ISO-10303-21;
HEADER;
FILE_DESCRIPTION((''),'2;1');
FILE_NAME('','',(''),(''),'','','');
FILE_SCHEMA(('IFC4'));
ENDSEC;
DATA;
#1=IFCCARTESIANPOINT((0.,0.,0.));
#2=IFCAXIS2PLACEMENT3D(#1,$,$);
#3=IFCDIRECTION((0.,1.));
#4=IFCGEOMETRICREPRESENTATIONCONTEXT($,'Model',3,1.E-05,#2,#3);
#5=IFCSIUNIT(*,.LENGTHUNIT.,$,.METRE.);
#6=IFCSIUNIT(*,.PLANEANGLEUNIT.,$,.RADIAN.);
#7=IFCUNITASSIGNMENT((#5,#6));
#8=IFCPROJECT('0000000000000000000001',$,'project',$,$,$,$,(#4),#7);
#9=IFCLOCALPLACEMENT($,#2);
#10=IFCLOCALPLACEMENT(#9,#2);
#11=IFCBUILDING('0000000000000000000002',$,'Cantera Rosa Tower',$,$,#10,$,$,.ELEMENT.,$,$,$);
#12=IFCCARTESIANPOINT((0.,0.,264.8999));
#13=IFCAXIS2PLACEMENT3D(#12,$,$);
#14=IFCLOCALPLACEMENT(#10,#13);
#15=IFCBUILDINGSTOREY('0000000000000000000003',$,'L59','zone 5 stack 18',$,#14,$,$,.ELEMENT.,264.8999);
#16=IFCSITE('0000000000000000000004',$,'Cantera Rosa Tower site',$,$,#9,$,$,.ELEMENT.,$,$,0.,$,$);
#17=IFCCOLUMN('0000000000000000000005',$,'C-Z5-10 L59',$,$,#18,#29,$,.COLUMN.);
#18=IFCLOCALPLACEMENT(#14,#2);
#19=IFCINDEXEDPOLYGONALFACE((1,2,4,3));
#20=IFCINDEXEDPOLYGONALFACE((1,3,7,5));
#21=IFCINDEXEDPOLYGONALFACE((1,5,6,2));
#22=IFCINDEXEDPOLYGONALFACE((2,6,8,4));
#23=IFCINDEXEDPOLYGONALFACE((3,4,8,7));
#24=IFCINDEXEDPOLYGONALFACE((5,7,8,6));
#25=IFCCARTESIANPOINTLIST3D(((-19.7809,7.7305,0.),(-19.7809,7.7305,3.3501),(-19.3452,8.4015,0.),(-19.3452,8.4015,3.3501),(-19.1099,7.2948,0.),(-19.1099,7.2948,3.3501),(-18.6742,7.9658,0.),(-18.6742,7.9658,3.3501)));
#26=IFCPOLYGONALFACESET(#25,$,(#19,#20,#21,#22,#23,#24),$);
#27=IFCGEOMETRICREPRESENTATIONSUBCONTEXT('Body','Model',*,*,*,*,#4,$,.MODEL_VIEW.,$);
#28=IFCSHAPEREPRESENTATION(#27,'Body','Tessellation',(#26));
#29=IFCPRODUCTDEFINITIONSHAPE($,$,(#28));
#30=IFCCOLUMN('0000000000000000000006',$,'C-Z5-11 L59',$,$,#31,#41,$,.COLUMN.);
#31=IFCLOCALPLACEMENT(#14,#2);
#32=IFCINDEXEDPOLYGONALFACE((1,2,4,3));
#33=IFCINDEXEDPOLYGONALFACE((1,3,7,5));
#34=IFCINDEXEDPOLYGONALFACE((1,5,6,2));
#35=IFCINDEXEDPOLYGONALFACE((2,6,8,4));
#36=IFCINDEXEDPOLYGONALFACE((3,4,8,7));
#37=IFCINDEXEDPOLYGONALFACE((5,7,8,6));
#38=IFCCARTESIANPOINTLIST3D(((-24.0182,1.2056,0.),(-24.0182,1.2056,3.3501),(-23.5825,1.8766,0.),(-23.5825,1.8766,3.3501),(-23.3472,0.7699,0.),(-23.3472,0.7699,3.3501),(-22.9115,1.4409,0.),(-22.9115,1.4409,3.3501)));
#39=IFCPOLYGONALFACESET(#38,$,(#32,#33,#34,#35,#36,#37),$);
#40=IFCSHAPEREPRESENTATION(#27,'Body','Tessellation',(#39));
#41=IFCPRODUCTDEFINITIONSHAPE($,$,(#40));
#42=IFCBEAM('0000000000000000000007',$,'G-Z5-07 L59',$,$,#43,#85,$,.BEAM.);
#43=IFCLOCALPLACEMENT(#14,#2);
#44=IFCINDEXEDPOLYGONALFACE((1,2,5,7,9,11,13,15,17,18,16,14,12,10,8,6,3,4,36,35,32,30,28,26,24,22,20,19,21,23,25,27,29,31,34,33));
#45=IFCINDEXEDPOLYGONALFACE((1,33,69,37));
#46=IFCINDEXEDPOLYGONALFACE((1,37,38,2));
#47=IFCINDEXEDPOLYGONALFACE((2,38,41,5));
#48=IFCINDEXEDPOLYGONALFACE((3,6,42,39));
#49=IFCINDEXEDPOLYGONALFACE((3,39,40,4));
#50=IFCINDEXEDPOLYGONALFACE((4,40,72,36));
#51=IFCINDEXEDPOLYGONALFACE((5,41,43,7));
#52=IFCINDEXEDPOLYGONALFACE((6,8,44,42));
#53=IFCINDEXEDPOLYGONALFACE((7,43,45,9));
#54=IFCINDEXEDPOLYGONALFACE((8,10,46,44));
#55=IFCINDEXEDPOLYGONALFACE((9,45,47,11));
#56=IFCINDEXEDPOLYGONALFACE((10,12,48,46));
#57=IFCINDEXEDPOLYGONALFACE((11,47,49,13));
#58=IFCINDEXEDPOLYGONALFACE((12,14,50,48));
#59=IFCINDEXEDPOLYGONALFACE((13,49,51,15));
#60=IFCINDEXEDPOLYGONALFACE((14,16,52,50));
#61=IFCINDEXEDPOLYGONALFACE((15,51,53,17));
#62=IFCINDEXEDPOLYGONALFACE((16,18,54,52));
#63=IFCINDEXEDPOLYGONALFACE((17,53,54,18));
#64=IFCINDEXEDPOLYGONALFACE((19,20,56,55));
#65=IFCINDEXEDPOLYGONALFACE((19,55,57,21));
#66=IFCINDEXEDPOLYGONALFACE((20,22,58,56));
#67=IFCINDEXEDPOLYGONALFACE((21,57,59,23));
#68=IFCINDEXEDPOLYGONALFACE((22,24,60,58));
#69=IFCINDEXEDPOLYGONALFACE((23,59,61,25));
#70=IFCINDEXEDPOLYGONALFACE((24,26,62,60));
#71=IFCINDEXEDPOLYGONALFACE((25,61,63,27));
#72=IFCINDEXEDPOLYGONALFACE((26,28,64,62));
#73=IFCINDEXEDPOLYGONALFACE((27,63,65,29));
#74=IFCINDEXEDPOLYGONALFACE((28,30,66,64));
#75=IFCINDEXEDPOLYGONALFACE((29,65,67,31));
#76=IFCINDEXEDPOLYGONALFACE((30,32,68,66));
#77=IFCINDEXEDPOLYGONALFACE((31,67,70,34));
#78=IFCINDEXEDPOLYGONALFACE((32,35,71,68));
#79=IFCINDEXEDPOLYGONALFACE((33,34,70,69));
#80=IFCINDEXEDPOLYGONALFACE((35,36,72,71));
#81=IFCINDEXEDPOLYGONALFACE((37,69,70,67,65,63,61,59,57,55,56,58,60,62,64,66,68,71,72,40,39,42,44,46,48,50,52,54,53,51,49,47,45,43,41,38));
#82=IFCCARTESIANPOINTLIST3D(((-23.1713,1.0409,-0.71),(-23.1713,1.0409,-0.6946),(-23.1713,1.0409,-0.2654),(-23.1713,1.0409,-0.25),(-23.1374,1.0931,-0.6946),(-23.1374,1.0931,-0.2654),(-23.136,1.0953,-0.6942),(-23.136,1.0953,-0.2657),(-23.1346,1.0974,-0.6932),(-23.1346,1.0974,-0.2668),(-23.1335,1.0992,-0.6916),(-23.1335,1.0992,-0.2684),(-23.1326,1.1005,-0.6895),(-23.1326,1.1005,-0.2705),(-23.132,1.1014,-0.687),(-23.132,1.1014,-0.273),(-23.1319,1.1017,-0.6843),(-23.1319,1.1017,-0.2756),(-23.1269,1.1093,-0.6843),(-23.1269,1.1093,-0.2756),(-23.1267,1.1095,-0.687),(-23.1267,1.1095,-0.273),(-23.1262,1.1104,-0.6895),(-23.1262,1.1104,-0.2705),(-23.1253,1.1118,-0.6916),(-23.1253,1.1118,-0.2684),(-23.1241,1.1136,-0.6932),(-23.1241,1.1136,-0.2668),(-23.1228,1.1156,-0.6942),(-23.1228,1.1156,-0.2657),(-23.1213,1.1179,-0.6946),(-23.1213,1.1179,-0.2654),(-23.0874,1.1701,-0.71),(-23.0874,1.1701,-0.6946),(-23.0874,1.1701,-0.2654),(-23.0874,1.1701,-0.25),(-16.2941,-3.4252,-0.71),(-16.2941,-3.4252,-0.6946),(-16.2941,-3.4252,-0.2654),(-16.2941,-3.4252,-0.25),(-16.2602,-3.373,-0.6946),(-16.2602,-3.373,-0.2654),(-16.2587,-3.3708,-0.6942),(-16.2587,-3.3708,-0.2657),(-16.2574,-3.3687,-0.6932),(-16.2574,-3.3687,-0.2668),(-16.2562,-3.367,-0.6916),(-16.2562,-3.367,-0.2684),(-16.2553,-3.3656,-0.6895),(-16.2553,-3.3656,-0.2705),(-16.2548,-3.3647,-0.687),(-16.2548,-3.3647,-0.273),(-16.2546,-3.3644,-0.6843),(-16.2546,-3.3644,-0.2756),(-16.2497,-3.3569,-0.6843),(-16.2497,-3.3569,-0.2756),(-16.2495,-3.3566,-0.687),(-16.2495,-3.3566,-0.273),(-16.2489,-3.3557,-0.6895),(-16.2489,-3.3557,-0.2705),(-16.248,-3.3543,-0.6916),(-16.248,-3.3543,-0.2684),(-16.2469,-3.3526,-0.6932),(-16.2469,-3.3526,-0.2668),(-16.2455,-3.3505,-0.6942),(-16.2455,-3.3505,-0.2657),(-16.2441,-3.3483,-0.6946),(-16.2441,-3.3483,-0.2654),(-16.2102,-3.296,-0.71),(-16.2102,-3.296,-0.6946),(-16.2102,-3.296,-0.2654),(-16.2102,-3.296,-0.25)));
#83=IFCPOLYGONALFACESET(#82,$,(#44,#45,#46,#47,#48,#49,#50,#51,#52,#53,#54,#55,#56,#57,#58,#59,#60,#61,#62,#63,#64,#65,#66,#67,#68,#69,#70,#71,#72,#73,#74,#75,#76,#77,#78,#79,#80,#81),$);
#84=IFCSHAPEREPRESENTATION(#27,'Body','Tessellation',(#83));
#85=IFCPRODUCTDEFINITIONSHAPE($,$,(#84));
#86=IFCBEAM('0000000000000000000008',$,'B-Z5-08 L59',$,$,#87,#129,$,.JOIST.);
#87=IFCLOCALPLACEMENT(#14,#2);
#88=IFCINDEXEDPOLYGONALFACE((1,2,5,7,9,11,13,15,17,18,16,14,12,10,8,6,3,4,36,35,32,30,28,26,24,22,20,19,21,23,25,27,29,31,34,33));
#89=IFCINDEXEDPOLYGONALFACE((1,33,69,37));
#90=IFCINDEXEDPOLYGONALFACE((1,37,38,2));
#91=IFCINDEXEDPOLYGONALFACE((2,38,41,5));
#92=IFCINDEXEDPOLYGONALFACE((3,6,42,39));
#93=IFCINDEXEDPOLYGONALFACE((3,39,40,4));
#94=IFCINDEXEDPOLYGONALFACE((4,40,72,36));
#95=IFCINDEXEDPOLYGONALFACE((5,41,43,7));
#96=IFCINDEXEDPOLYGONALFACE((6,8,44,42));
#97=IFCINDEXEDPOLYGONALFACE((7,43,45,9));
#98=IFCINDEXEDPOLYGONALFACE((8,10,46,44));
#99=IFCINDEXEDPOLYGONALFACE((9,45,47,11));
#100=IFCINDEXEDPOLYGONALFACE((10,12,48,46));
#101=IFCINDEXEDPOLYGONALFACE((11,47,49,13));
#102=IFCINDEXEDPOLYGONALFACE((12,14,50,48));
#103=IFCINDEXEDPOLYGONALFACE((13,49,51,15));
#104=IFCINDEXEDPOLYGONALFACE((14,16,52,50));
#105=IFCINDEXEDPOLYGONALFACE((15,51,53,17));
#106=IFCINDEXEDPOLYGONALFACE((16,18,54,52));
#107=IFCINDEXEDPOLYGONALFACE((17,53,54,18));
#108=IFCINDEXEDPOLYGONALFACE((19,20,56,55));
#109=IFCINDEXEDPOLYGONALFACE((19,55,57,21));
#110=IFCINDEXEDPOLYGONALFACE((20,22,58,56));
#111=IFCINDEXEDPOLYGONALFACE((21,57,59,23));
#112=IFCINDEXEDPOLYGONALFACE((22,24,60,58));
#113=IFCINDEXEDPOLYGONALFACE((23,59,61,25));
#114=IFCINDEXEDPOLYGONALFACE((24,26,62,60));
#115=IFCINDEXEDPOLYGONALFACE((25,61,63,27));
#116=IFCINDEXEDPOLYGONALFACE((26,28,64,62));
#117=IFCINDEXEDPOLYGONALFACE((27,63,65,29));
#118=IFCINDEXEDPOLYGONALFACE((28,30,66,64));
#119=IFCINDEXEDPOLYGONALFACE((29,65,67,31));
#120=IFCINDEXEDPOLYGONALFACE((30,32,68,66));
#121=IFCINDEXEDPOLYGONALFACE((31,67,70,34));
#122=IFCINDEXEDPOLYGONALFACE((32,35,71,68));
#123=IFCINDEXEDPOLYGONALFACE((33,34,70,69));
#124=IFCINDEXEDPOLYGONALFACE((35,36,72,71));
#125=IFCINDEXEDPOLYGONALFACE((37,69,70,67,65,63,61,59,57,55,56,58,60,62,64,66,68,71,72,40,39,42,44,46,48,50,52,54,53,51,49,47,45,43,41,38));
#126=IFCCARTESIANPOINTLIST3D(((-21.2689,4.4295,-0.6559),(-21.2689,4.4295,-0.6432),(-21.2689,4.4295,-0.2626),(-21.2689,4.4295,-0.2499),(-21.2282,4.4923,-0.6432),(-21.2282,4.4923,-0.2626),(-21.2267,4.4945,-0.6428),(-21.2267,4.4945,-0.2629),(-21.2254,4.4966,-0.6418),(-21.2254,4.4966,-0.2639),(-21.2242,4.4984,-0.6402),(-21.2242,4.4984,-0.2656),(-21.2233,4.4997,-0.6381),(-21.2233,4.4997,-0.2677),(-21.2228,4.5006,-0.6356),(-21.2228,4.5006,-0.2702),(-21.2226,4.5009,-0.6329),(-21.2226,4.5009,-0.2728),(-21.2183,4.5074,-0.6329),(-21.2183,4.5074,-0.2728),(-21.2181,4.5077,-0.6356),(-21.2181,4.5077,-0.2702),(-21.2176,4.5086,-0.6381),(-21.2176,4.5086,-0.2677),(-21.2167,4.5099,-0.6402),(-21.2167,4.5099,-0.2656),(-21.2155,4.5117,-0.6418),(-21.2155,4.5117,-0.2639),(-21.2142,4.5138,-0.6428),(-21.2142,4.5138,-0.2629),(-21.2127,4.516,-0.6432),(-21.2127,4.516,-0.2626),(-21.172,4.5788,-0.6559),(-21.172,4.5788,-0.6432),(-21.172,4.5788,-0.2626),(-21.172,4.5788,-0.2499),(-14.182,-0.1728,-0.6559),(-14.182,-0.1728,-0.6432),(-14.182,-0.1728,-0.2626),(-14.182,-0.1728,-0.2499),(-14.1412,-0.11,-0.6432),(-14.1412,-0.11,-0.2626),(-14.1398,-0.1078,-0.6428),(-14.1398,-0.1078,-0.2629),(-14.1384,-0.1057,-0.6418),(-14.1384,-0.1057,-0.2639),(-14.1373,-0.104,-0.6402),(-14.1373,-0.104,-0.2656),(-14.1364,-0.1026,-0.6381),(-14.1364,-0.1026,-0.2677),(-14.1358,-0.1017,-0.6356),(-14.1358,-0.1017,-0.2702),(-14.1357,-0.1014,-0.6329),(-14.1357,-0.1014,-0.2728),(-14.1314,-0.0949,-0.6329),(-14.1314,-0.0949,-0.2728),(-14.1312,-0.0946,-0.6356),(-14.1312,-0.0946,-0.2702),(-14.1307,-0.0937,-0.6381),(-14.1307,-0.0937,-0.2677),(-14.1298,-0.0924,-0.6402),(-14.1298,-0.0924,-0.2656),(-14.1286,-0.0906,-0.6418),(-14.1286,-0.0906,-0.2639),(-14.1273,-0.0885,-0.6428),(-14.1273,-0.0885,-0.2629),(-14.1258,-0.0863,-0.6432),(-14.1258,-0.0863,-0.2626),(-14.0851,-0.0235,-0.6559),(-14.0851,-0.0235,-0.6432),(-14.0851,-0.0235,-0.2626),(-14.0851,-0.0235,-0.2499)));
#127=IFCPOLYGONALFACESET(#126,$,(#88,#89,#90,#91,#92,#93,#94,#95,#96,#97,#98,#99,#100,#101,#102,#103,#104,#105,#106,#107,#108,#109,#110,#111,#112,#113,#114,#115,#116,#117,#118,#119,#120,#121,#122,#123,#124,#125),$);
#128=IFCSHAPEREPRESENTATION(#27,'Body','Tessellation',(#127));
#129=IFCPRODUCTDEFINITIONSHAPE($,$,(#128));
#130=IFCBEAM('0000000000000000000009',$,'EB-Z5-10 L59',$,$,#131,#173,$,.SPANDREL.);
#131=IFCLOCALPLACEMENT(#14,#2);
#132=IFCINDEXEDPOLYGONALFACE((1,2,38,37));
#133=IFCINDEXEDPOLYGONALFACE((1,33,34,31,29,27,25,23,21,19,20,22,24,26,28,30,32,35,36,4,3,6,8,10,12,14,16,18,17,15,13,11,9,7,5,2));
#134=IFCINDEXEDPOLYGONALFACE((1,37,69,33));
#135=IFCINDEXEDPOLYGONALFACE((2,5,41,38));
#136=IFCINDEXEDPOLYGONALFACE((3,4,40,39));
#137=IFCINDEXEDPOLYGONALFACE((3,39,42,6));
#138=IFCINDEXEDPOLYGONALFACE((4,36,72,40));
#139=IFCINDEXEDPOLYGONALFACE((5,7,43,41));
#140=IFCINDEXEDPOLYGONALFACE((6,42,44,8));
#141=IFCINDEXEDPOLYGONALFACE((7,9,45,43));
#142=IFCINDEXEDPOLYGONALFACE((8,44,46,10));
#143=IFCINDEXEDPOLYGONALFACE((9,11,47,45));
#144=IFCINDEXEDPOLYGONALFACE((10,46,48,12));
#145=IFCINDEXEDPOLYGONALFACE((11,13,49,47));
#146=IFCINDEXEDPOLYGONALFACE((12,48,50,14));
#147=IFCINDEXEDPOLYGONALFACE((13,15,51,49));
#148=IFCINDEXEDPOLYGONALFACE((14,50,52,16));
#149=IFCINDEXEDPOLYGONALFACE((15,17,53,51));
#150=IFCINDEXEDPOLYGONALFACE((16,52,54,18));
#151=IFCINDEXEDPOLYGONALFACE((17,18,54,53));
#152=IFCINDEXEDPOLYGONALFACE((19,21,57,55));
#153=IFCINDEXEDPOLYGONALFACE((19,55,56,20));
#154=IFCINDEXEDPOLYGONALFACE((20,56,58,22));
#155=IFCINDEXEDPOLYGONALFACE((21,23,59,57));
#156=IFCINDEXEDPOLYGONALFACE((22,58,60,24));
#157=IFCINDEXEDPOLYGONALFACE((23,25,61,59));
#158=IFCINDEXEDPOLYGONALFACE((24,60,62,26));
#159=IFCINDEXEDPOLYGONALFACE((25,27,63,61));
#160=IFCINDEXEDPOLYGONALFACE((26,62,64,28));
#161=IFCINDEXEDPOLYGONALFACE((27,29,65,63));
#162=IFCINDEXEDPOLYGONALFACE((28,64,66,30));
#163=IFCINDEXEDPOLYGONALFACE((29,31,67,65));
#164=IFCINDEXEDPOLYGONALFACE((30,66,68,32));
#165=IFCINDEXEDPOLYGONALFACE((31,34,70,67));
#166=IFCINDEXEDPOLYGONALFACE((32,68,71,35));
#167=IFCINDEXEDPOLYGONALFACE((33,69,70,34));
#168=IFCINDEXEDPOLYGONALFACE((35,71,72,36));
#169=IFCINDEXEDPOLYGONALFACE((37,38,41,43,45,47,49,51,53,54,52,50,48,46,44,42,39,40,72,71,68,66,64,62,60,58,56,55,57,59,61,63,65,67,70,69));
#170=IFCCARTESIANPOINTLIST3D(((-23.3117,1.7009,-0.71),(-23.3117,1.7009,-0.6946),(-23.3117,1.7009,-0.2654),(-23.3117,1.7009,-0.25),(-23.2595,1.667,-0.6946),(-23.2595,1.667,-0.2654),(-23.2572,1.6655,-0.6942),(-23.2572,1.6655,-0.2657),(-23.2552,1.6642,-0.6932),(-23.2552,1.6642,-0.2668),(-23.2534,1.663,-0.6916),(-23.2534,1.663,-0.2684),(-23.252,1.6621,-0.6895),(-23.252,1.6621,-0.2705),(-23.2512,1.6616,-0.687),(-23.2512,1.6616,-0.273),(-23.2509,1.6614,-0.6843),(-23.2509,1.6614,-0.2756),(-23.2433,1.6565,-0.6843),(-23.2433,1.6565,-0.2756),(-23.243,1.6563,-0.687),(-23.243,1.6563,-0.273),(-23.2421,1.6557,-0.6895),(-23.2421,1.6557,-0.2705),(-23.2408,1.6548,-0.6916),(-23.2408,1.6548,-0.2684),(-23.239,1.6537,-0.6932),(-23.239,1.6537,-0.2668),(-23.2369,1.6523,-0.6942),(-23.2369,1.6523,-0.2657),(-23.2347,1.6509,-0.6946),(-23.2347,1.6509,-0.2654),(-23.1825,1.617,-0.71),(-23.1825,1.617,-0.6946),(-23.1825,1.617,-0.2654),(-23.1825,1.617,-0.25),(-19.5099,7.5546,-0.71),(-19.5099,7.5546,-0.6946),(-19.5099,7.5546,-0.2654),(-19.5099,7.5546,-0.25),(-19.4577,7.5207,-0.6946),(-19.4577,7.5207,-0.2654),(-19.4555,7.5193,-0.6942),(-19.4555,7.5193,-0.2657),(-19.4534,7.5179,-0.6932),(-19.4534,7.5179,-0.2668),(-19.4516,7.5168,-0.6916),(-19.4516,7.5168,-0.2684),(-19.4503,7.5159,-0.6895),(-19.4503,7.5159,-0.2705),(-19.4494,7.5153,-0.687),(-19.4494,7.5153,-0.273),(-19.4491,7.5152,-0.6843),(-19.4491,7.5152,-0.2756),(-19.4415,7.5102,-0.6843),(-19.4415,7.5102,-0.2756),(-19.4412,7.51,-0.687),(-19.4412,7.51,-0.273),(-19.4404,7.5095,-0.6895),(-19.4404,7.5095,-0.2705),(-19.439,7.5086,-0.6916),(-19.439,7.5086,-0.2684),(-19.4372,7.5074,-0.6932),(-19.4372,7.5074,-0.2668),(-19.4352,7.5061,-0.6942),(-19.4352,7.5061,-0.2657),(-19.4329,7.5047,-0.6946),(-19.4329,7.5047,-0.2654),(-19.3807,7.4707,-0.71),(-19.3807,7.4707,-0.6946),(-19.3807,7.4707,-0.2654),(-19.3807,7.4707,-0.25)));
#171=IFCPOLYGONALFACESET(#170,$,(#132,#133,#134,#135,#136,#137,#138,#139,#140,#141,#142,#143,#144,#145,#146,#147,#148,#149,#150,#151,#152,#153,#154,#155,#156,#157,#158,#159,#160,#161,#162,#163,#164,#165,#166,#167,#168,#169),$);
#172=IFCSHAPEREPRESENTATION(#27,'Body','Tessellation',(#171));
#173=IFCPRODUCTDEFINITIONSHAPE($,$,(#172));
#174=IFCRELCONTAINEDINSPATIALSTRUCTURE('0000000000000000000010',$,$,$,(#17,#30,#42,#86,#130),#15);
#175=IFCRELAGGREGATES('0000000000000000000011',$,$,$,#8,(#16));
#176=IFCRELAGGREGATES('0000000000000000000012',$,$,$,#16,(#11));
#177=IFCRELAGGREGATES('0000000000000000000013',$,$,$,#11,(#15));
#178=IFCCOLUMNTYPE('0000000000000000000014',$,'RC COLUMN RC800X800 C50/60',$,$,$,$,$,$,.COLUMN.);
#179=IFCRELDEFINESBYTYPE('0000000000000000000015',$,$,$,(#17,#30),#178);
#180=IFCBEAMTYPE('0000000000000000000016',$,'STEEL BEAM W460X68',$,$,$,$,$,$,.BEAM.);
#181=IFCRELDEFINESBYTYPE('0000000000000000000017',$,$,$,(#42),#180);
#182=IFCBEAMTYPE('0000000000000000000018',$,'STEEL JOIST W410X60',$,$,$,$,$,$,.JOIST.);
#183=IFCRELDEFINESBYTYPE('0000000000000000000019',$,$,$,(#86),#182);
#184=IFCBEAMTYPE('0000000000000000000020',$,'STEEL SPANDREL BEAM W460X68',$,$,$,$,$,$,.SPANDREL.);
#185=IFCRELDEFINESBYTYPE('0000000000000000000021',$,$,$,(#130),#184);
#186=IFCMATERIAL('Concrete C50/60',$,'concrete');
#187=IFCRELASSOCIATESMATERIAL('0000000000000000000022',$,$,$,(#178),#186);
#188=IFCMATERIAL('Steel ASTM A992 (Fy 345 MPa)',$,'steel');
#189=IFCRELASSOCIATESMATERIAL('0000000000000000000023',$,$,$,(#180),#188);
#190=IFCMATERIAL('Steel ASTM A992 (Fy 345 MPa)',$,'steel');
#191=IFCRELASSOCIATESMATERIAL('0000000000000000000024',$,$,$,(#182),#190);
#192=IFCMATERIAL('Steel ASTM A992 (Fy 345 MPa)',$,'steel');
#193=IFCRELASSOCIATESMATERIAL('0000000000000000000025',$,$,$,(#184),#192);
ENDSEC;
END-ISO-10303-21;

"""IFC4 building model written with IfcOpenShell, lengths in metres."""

from ifc_helpers import new_model, si_unit, direction, frame, origin, origin_2d, place, context, subcontext, project, spatial, rectangle, i_section, extrude, material, material_profile, profile_set, type_object, element, save


model = new_model("IFC4")

# Units and contexts
model_context = context("Model", 3, precision=1e-05, world=origin(), true_north=direction((0.0, 1.0)))
body_context = subcontext(model_context, "Body", "Model", "MODEL_VIEW")
ifc_project = project(units=[si_unit("LENGTHUNIT", "METRE"), si_unit("PLANEANGLEUNIT", "RADIAN")], contexts=[model_context])

# Site, building, storey
site_placement = place(None, origin())
site = spatial("IfcSite", under=ifc_project, at=site_placement, Name="Cantera Rosa Tower site", CompositionType="ELEMENT", RefElevation=0.0)
building_placement = place(site_placement, origin())
building = spatial("IfcBuilding", under=site, at=building_placement, Name="Cantera Rosa Tower", CompositionType="ELEMENT")
storey_placement = place(building_placement, frame((0.0, 0.0, 264.8999)))
storey = spatial("IfcBuildingStorey", under=building, at=storey_placement, Name="L59", Description="zone 5 stack 18", CompositionType="ELEMENT", Elevation=264.8999)

# Columns
ifc_material_1 = material(Name="Concrete C50/60", Category="concrete")
ifc_material_profile_1 = material_profile(ifc_material_1, rectangle(XDim=0.8, YDim=0.8, at=origin_2d()), Name="RC COLUMN RC800X800 C50/60")
ifc_profile_set_1 = profile_set([ifc_material_profile_1], Name="Concrete C50/60")
column_type = type_object("IfcColumnType", Name="RC COLUMN RC800X800 C50/60", PredefinedType="COLUMN", material=ifc_profile_set_1)
for number, where, z_axis, x_axis, name in (
    (1, (-19.2275, 7.8481, 0.0), (0.0, 0.0, 1.0), (0.544639, 0.838671, 0.0), "C-Z5-10 L59"),
    (2, (-23.4648, 1.3232, 0.0), (0.0, 0.0, 1.0), (0.544639, 0.838671, 0.0), "C-Z5-11 L59"),
):
    element("IfcColumn", number, at=place(storey_placement, frame(where, z_axis=z_axis, x_axis=x_axis)), inside=storey, type_object=column_type, Name=name, PredefinedType="COLUMN", context=body_context, shape_type="SweptSolid", body=[
        extrude(rectangle(XDim=0.8, YDim=0.8, at=origin_2d()), origin(), (0.0, 0.0, 1.0), 3.3501),
    ])

# Beams
ifc_material_2 = material(Name="Steel ASTM A992 (Fy 345 MPa)", Category="steel")
ifc_material_profile_2 = material_profile(ifc_material_2, i_section(OverallWidth=0.1541, OverallDepth=0.46, WebThickness=0.009, FlangeThickness=0.0154, FilletRadius=0.0103, at=origin_2d()), Name="W460X68")
ifc_profile_set_2 = profile_set([ifc_material_profile_2], Name="Steel ASTM A992 (Fy 345 MPa)")
beam_type_1 = type_object("IfcBeamType", Name="STEEL BEAM W460X68", PredefinedType="BEAM", material=ifc_profile_set_2)
beam_1_placement = place(storey_placement, frame((-23.1294, 1.1055, -0.48), z_axis=(0.838673, -0.544636, 0.0), x_axis=(0.544636, 0.838673, 0.0)))
element("IfcBeam", 3, at=beam_1_placement, inside=storey, type_object=beam_type_1, Name="G-Z5-07 L59", PredefinedType="BEAM", context=body_context, shape_type="SweptSolid", body=[
    extrude(i_section(OverallWidth=0.1541, OverallDepth=0.46, WebThickness=0.009, FlangeThickness=0.0154, FilletRadius=0.0103, at=origin_2d()), origin(), (0.0, 0.0, 1.0), 8.2002),
])
ifc_material_3 = material(Name="Steel ASTM A992 (Fy 345 MPa)", Category="steel")
ifc_material_profile_3 = material_profile(ifc_material_3, i_section(OverallWidth=0.178, OverallDepth=0.406, WebThickness=0.0078, FlangeThickness=0.0127, FilletRadius=0.0103, at=origin_2d()), Name="W410X60")
ifc_profile_set_3 = profile_set([ifc_material_profile_3], Name="Steel ASTM A992 (Fy 345 MPa)")
beam_type_2 = type_object("IfcBeamType", Name="STEEL JOIST W410X60", PredefinedType="JOIST", material=ifc_profile_set_3)
beam_2_placement = place(storey_placement, frame((-21.2205, 4.5042, -0.4529), z_axis=(0.838671, -0.544639, 0.0), x_axis=(0.544639, 0.838671, 0.0)))
element("IfcBeam", 4, at=beam_2_placement, inside=storey, type_object=beam_type_2, Name="B-Z5-08 L59", PredefinedType="JOIST", context=body_context, shape_type="SweptSolid", body=[
    extrude(i_section(OverallWidth=0.178, OverallDepth=0.406, WebThickness=0.0078, FlangeThickness=0.0127, FilletRadius=0.0103, at=origin_2d()), origin(), (0.0, 0.0, 1.0), 8.4502),
])
ifc_material_4 = material(Name="Steel ASTM A992 (Fy 345 MPa)", Category="steel")
ifc_material_profile_4 = material_profile(ifc_material_4, i_section(OverallWidth=0.1541, OverallDepth=0.46, WebThickness=0.009, FlangeThickness=0.0154, FilletRadius=0.0103, at=origin_2d()), Name="W460X68")
ifc_profile_set_4 = profile_set([ifc_material_profile_4], Name="Steel ASTM A992 (Fy 345 MPa)")
beam_type_3 = type_object("IfcBeamType", Name="STEEL SPANDREL BEAM W460X68", PredefinedType="SPANDREL", material=ifc_profile_set_4)
for number, where, z_axis, x_axis, name in (
    (5, (-19.4453, 7.5127, -0.48), (-0.544667, -0.838652, 0.0), (0.838652, -0.544667, 0.0), "EB-Z5-10 L59"),
):
    element("IfcBeam", number, at=place(storey_placement, frame(where, z_axis=z_axis, x_axis=x_axis)), inside=storey, type_object=beam_type_3, Name=name, PredefinedType="SPANDREL", context=body_context, shape_type="SweptSolid", body=[
        extrude(i_section(OverallWidth=0.1541, OverallDepth=0.46, WebThickness=0.009, FlangeThickness=0.0154, FilletRadius=0.0103, at=origin_2d()), origin(), (0.0, 0.0, 1.0), 6.98),
    ])

save(model, "model.ifc")
